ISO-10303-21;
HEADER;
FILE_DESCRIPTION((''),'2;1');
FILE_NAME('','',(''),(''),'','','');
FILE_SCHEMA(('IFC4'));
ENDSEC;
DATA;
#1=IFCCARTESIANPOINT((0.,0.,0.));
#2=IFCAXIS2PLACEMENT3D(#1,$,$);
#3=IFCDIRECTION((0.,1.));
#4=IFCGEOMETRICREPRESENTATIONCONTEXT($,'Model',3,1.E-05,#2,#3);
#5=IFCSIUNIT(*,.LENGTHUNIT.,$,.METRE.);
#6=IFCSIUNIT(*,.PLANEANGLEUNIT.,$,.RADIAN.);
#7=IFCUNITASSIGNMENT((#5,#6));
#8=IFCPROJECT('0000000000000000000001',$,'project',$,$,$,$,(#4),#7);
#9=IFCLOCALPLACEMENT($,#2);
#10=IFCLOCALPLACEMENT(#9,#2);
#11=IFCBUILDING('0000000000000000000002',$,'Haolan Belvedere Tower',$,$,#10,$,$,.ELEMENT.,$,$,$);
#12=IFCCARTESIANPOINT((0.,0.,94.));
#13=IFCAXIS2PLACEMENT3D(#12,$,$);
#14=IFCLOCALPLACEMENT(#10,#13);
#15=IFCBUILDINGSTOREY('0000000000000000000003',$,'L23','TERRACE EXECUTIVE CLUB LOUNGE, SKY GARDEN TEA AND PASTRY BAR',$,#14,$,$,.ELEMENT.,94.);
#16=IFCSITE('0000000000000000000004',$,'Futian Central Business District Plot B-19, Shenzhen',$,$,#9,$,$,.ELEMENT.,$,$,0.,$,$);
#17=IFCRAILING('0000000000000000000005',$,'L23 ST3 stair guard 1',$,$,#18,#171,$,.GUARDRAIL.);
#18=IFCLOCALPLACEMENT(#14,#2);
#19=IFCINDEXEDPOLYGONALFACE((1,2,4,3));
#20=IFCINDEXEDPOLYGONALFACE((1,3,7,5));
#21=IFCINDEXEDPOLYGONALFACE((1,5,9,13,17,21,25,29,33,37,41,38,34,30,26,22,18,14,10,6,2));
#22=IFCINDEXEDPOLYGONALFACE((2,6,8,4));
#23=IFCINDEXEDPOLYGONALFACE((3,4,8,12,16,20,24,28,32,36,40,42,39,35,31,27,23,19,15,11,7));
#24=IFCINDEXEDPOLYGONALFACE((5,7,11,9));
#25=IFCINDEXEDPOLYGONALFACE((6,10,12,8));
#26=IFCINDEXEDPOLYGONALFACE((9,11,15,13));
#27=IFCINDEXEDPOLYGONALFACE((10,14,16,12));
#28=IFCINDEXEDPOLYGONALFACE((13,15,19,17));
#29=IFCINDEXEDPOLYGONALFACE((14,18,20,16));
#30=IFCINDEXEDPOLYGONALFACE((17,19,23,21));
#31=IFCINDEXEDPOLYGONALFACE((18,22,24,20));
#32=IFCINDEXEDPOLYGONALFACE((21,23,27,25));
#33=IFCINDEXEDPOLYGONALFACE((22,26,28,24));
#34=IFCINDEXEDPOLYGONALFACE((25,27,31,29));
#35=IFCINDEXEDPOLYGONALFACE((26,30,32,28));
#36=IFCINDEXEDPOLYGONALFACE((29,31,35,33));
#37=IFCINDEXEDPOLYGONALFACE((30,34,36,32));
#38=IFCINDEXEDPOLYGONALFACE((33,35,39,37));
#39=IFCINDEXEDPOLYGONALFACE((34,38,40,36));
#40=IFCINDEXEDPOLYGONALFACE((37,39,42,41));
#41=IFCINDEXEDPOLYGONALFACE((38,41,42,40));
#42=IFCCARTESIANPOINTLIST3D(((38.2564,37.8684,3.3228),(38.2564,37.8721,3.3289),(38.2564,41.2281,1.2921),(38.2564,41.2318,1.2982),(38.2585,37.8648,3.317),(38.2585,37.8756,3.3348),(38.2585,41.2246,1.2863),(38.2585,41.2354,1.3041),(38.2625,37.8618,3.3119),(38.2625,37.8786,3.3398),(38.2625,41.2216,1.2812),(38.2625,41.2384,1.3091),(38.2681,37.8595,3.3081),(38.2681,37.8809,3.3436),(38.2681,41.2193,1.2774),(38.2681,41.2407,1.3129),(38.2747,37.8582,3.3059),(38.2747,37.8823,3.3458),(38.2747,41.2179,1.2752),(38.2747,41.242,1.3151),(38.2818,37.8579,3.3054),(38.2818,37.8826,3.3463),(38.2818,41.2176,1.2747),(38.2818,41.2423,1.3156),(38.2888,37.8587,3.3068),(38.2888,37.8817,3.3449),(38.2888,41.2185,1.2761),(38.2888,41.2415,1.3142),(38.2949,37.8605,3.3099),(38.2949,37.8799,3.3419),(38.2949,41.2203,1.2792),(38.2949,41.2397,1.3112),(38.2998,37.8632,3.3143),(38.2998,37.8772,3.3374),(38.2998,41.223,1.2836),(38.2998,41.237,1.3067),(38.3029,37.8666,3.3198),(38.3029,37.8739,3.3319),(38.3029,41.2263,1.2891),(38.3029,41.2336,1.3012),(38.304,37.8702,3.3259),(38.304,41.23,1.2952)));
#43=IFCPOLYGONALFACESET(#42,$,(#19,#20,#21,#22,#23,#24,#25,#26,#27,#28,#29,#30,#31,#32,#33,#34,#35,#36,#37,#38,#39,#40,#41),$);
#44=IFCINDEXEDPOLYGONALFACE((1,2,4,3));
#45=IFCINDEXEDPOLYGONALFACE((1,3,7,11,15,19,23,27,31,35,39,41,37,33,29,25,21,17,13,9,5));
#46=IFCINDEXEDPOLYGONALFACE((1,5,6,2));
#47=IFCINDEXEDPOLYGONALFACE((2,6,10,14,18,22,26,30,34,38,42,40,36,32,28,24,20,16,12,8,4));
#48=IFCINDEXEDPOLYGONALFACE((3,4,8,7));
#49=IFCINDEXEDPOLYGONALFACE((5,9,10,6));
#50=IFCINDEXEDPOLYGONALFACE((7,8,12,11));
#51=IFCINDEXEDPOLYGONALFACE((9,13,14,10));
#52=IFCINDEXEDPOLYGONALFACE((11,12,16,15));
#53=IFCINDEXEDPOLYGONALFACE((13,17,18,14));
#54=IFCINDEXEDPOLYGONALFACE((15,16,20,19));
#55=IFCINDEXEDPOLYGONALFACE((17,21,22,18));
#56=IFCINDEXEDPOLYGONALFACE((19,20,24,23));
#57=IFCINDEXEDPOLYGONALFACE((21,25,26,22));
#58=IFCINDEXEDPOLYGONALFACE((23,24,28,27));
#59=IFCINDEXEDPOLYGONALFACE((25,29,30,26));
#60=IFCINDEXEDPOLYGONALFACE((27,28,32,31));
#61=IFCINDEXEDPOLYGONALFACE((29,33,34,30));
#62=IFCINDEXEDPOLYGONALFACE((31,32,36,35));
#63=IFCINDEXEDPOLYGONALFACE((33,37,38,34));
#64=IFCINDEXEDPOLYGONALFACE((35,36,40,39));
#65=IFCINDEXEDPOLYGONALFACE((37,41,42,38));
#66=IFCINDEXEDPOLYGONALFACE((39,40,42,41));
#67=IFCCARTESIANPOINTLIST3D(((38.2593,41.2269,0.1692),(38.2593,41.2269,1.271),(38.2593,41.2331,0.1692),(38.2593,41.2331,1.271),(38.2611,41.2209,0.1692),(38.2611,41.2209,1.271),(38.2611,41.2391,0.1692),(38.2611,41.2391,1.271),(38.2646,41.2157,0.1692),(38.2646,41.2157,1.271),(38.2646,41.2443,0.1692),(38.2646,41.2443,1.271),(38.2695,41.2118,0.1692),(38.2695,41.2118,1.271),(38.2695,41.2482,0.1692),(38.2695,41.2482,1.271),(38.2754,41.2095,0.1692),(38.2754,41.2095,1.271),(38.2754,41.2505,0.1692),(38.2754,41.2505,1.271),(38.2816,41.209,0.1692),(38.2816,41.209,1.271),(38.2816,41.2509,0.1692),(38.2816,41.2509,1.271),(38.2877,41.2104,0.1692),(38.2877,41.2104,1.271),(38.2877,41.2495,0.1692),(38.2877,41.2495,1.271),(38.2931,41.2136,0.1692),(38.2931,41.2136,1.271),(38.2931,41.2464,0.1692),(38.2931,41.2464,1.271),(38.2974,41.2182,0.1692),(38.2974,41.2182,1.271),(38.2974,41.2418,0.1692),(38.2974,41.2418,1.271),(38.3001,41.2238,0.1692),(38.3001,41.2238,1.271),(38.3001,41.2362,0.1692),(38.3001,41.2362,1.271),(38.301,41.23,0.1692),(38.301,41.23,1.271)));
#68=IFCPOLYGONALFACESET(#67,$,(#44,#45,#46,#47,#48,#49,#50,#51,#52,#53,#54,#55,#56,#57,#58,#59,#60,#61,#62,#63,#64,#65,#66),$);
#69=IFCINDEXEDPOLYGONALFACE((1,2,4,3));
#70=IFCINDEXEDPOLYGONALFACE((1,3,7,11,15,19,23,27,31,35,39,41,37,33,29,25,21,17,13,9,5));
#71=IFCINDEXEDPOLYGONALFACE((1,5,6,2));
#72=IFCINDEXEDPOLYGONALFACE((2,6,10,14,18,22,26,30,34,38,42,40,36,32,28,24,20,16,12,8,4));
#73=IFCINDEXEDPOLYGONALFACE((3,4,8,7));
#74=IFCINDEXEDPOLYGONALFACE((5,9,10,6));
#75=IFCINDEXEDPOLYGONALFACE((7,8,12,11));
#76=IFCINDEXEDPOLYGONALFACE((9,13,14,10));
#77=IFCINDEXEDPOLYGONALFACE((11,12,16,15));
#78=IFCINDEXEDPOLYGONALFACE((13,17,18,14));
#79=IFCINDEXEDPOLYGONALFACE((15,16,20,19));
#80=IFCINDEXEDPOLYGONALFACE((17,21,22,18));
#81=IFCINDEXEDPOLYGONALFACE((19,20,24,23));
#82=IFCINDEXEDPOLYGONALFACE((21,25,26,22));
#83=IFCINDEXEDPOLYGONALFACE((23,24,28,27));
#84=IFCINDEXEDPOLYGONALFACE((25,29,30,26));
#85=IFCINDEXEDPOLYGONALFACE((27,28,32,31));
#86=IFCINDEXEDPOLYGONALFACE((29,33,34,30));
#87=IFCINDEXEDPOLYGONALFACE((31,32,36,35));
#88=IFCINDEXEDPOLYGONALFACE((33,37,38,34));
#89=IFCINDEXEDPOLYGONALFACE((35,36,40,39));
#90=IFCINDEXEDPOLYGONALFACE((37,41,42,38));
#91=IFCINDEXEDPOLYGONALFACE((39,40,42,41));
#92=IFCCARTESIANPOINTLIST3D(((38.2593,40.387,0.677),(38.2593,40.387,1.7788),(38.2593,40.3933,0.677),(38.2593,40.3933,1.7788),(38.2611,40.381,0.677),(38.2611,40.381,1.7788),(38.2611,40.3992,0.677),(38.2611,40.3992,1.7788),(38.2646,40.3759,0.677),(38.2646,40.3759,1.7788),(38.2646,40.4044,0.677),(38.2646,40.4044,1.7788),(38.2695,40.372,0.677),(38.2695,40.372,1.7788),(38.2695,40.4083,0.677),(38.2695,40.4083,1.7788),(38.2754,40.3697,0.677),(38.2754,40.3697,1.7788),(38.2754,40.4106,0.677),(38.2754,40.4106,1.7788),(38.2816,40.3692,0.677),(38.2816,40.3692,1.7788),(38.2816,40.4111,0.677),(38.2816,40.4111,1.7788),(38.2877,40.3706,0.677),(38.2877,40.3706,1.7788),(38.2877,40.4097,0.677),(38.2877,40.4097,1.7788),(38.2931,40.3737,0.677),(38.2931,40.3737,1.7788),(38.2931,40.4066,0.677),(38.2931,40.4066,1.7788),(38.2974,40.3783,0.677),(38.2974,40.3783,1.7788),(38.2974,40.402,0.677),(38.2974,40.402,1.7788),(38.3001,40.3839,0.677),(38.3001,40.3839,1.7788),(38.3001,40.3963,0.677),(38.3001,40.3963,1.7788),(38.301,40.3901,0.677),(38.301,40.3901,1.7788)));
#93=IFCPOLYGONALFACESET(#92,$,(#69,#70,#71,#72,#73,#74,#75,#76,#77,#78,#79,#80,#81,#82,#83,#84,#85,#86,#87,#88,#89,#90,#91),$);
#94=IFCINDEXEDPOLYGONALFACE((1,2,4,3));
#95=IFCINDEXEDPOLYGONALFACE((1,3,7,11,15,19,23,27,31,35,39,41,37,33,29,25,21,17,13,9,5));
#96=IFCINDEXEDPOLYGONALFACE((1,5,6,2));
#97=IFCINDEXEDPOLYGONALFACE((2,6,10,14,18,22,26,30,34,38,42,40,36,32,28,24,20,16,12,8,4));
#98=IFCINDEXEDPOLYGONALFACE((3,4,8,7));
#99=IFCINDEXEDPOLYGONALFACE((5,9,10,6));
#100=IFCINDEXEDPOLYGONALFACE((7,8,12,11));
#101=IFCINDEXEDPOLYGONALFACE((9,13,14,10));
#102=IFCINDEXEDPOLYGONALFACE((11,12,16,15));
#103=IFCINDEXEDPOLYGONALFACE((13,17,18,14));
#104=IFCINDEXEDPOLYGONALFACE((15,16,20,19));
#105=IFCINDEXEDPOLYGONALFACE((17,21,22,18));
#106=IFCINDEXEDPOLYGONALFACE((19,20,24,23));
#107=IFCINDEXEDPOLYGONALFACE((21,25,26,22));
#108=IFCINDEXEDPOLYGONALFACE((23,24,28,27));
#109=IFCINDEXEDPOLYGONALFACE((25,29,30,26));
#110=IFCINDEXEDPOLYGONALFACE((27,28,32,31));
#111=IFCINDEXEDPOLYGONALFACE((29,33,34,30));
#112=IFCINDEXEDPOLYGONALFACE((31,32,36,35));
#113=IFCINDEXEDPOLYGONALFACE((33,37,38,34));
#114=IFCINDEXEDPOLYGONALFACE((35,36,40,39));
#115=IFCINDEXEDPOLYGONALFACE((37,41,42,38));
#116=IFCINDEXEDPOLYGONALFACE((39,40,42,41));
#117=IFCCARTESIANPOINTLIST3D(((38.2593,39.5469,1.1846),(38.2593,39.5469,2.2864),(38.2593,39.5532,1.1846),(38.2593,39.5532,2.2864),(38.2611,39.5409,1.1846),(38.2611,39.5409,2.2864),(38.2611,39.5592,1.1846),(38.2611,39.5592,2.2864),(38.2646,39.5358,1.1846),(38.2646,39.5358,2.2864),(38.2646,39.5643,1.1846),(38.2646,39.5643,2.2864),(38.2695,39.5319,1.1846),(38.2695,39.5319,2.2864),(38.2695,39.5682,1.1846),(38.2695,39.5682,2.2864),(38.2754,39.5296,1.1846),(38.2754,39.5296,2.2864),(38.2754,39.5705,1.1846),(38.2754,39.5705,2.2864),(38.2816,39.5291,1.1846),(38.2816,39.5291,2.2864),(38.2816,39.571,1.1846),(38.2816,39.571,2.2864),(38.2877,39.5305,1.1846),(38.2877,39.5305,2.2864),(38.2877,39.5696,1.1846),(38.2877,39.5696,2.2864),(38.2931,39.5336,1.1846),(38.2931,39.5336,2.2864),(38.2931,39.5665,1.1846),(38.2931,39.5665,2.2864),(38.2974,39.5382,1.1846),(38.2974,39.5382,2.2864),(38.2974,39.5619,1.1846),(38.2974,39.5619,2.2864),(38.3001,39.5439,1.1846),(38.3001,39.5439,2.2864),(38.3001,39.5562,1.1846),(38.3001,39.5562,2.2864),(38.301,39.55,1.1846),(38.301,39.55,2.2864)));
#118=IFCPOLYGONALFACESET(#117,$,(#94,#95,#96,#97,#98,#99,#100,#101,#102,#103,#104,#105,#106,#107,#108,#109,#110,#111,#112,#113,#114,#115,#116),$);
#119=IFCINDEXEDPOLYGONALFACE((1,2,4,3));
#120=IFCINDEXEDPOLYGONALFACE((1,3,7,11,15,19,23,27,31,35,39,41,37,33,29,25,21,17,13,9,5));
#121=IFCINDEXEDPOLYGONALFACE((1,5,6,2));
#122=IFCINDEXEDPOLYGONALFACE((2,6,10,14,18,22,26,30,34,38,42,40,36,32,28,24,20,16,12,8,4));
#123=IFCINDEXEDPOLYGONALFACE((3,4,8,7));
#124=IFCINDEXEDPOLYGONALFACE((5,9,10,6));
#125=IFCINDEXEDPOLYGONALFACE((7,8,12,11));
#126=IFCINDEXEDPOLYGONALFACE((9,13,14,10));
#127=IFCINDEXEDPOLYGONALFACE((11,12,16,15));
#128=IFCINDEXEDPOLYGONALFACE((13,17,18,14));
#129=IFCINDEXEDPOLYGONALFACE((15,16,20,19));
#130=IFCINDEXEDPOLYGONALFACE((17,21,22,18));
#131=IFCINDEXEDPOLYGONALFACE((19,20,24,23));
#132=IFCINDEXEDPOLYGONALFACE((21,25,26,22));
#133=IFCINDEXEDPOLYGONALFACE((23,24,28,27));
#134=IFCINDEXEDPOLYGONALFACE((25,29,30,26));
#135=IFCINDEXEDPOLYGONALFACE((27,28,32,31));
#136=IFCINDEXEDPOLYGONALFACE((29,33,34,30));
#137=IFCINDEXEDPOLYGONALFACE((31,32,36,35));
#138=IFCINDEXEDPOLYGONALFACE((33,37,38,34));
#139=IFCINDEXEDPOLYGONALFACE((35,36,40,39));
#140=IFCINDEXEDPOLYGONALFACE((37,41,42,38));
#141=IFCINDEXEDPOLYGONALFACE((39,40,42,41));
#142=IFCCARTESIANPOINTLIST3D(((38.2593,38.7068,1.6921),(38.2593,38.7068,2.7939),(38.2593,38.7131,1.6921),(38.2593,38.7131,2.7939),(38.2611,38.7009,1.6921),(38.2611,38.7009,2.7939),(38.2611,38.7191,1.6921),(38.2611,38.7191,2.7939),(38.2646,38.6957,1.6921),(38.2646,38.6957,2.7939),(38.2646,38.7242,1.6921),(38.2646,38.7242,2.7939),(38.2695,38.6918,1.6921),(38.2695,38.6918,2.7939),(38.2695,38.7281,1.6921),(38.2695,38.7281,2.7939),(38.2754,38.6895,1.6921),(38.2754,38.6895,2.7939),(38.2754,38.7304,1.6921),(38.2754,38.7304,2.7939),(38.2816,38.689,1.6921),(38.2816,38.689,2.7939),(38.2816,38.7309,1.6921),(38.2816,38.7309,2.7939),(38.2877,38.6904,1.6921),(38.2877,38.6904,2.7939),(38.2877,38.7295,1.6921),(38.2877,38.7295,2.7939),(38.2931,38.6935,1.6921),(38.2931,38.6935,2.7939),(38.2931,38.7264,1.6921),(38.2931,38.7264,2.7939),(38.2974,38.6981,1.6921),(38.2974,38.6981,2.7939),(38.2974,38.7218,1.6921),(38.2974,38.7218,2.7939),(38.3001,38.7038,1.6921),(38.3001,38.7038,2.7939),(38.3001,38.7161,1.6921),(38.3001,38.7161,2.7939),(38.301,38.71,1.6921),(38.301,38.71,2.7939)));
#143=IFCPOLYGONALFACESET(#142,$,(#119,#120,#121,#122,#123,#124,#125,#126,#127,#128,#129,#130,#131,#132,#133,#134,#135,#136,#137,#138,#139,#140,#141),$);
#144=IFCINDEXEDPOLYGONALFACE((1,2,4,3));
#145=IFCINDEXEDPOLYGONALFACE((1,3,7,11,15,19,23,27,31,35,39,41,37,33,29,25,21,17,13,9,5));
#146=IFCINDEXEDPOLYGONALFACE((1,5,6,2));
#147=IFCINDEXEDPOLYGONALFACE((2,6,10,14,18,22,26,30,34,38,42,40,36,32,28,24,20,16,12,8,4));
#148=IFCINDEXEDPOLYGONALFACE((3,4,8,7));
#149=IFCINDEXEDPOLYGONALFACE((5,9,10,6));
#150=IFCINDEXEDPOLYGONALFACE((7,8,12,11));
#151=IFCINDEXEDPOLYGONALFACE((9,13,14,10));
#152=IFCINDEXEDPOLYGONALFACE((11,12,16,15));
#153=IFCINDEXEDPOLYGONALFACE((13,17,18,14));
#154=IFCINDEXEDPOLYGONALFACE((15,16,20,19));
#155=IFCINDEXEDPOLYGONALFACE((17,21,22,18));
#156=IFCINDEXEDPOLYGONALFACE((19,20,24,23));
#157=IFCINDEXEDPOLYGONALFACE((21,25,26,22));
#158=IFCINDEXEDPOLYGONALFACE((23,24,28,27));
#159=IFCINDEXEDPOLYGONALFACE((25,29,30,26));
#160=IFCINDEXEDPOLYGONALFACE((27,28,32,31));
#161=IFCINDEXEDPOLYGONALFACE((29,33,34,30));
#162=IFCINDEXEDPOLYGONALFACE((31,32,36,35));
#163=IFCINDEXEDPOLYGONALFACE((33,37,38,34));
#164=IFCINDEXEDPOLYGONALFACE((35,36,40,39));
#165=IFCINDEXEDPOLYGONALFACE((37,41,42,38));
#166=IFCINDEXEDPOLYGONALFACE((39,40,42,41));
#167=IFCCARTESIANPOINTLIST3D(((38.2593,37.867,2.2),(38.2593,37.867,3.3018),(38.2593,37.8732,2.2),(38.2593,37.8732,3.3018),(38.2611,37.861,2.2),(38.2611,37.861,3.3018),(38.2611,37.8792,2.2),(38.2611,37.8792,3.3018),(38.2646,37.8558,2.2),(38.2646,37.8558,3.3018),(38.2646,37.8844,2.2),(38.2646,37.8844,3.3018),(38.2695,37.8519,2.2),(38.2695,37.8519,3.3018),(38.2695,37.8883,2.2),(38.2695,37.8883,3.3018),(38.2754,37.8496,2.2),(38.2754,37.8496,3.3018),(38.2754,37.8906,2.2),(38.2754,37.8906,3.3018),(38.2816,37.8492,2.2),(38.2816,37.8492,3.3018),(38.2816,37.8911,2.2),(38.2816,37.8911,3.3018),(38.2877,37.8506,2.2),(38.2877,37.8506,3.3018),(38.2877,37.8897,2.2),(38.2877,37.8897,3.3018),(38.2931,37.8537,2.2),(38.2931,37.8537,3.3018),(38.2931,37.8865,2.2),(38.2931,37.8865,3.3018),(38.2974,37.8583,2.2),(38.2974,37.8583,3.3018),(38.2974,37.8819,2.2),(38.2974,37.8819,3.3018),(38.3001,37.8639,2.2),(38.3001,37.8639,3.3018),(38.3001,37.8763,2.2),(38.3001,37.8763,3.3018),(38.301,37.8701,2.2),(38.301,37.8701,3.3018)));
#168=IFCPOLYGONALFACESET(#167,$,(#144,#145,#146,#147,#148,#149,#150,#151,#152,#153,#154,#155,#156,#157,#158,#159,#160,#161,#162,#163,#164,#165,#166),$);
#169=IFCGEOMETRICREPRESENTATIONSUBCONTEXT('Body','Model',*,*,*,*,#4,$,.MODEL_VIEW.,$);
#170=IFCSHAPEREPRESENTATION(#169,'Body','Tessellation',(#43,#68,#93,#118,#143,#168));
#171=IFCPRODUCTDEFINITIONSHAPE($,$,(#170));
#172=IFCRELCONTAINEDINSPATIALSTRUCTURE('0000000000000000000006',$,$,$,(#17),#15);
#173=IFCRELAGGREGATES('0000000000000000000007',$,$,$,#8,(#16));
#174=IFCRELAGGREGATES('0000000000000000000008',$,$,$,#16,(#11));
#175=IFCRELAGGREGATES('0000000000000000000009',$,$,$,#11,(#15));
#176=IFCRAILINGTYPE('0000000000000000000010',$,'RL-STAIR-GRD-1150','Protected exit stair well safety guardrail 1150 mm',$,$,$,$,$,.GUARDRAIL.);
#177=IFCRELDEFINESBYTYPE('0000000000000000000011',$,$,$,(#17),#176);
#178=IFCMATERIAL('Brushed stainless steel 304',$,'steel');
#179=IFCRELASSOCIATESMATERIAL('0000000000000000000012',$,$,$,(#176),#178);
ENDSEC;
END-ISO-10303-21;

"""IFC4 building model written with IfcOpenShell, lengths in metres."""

from ifc_helpers import new_model, si_unit, direction, frame, origin, origin_2d, place, context, subcontext, project, spatial, circle, extrude, material, type_object, element, save


model = new_model("IFC4")

# Units and contexts
model_context = context("Model", 3, precision=1e-05, world=origin(), true_north=direction((0.0, 1.0)))
body_context = subcontext(model_context, "Body", "Model", "MODEL_VIEW")
ifc_project = project(units=[si_unit("LENGTHUNIT", "METRE"), si_unit("PLANEANGLEUNIT", "RADIAN")], contexts=[model_context])

# Site, building, storey
site_placement = place(None, origin())
site = spatial("IfcSite", under=ifc_project, at=site_placement, Name="Futian Central Business District Plot B-19, Shenzhen", CompositionType="ELEMENT", RefElevation=0.0)
building_placement = place(site_placement, origin())
building = spatial("IfcBuilding", under=site, at=building_placement, Name="Haolan Belvedere Tower", CompositionType="ELEMENT")
storey_placement = place(building_placement, frame((0.0, 0.0, 94.0)))
storey = spatial("IfcBuildingStorey", under=building, at=storey_placement, Name="L23", Description="TERRACE EXECUTIVE CLUB LOUNGE, SKY GARDEN TEA AND PASTRY BAR", CompositionType="ELEMENT", Elevation=94.0)

# Railing
ifc_material_1 = material(Name="Brushed stainless steel 304", Category="steel")
railing_type_1 = type_object("IfcRailingType", Name="RL-STAIR-GRD-1150", Description="Protected exit stair well safety guardrail 1150 mm", PredefinedType="GUARDRAIL", material=ifc_material_1)
railing_1_placement = place(storey_placement, frame((38.28, 41.23, 0.1692)))
element("IfcRailing", 1, at=railing_1_placement, inside=storey, type_object=railing_type_1, Name="L23 ST3 stair guard 1", PredefinedType="GUARDRAIL", context=body_context, shape_type="SweptSolid", body=[
    extrude(circle(Radius=0.0239, at=origin_2d()), frame((0.0, 0.0, 1.126), z_axis=(0.0, -0.85582, 0.517273), x_axis=(1.0, 0.0, 0.0)), (0.0, 0.0, 1.0), 3.9258),
    extrude(circle(Radius=0.021, at=origin_2d()), origin(), (0.0, 0.0, 1.0), 1.1018),
    extrude(circle(Radius=0.021, at=origin_2d()), frame((0.0, -0.8398, 0.5078)), (0.0, 0.0, 1.0), 1.1018),
    extrude(circle(Radius=0.021, at=origin_2d()), frame((0.0, -1.6799, 1.0154)), (0.0, 0.0, 1.0), 1.1018),
    extrude(circle(Radius=0.021, at=origin_2d()), frame((0.0, -2.52, 1.5229)), (0.0, 0.0, 1.0), 1.1018),
    extrude(circle(Radius=0.021, at=origin_2d()), frame((0.0, -3.3599, 2.0308)), (0.0, 0.0, 1.0), 1.1018),
])

save(model, "model.ifc")
